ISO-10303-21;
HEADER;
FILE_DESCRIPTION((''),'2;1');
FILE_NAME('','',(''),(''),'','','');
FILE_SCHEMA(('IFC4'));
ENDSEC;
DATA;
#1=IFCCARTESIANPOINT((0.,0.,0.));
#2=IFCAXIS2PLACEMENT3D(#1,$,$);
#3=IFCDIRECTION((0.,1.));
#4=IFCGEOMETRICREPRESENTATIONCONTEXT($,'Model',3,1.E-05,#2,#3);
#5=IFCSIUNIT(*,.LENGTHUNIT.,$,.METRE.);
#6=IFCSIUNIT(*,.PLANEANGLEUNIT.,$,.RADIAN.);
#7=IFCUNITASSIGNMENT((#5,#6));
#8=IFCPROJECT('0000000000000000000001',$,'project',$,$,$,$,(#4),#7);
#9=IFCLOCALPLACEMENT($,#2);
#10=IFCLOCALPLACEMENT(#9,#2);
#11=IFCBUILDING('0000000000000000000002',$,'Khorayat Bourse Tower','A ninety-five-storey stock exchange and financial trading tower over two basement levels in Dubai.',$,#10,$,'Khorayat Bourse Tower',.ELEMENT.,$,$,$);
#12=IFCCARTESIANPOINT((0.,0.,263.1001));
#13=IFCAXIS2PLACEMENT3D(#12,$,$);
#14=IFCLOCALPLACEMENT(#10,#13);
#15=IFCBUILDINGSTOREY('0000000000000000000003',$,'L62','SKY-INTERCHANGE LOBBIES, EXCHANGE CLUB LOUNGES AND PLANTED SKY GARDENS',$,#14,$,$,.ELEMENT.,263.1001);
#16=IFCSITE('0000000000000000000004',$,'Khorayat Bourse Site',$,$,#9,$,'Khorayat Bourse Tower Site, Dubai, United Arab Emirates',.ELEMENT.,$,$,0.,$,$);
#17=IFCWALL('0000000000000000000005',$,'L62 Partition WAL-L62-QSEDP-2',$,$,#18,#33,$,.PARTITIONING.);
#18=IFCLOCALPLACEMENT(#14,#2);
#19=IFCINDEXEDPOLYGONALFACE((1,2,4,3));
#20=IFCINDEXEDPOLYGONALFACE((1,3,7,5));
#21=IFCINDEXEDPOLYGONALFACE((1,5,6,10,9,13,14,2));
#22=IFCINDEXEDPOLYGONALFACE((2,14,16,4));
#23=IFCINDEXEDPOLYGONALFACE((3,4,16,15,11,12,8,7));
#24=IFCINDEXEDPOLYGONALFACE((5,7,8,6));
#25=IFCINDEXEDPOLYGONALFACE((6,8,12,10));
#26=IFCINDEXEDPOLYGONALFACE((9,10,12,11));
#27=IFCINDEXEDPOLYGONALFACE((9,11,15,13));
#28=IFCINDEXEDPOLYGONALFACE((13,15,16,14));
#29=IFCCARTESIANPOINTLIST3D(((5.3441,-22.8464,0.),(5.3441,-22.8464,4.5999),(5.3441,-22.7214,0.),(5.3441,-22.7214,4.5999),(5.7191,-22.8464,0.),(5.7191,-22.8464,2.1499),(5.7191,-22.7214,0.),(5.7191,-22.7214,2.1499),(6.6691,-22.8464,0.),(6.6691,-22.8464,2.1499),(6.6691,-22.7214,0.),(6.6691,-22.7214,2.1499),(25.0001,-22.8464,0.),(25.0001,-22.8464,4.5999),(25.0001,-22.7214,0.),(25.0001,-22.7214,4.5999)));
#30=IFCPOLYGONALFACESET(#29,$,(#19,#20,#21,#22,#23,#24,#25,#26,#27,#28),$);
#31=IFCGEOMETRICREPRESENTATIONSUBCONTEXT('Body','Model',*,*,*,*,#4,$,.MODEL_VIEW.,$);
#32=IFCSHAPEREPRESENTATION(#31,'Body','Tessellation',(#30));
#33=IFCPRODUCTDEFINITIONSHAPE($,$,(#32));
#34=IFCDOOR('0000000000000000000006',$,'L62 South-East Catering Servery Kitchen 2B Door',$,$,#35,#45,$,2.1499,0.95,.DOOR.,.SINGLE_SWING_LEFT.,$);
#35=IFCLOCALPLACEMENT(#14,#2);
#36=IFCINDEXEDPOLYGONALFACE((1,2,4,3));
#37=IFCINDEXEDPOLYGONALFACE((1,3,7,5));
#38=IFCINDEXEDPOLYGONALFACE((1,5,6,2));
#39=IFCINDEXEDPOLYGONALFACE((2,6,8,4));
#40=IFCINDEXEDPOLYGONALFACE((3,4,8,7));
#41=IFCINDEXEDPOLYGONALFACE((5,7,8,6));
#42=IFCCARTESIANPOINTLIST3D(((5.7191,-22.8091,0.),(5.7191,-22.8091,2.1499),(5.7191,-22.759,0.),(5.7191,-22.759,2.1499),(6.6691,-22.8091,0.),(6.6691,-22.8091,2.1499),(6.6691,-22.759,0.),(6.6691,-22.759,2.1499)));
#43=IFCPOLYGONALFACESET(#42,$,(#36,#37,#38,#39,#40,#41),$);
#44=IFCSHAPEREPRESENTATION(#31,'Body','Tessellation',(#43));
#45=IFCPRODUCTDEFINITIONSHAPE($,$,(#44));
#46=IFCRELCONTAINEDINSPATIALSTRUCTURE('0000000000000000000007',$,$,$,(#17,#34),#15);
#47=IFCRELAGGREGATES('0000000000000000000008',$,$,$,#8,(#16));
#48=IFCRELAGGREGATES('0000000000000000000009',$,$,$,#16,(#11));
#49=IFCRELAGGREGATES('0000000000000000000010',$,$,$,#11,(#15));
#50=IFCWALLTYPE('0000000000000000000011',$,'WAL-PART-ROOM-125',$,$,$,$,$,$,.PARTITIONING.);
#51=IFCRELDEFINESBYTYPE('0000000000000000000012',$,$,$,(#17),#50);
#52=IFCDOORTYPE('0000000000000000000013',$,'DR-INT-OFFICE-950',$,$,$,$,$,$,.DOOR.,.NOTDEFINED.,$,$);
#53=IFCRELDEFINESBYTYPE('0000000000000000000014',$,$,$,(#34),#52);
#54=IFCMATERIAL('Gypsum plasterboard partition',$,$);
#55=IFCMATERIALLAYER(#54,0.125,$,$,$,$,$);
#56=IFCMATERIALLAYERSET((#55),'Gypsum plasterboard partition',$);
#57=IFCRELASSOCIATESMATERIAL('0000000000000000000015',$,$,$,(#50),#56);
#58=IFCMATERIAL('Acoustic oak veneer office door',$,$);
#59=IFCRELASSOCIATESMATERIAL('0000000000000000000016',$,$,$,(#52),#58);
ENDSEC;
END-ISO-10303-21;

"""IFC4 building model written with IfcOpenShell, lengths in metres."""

from ifc_helpers import new_model, si_unit, direction, frame, frame_2d, origin, place, context, subcontext, project, spatial, rectangle, extrude, source, transform, mapped, material, layer, layer_set, type_object, element, fill, save


model = new_model("IFC4")

# Units and contexts
model_context = context("Model", 3, precision=1e-05, world=origin(), true_north=direction((0.0, 1.0)))
body_context = subcontext(model_context, "Body", "Model", "MODEL_VIEW")
ifc_project = project(units=[si_unit("LENGTHUNIT", "METRE"), si_unit("PLANEANGLEUNIT", "RADIAN")], contexts=[model_context])

# Site, building, storey
site_placement = place(None, origin())
site = spatial("IfcSite", under=ifc_project, at=site_placement, Name="Khorayat Bourse Site", LongName="Khorayat Bourse Tower Site, Dubai, United Arab Emirates", CompositionType="ELEMENT", RefElevation=0.0)
building_placement = place(site_placement, origin())
building = spatial("IfcBuilding", under=site, at=building_placement, Name="Khorayat Bourse Tower", Description="A ninety-five-storey stock exchange and financial trading tower over two basement levels in Dubai.", LongName="Khorayat Bourse Tower", CompositionType="ELEMENT")
storey_placement = place(building_placement, frame((0.0, 0.0, 263.1001)))
storey = spatial("IfcBuildingStorey", under=building, at=storey_placement, Name="L62", Description="SKY-INTERCHANGE LOBBIES, EXCHANGE CLUB LOUNGES AND PLANTED SKY GARDENS", CompositionType="ELEMENT", Elevation=263.1001)

# Wall, opening, door
ifc_material_1 = material(Name="Gypsum plasterboard partition")
ifc_layer_1 = layer(ifc_material_1, 0.125)
ifc_layer_set_1 = layer_set([ifc_layer_1], Name="Gypsum plasterboard partition")
wall_type_1 = type_object("IfcWallType", Name="WAL-PART-ROOM-125", PredefinedType="PARTITIONING", material=ifc_layer_set_1)
shared_shape_1 = source(origin(), body_context, "Body", "SweptSolid", [
    extrude(rectangle(XDim=19.656, YDim=0.125, at=frame_2d((9.8281, 0.0))), origin(), (0.0, 0.0, 1.0), 4.5999),
])
wall_1_placement = place(storey_placement, frame((5.344, -22.7839, 0.0), z_axis=(0.0, 0.0, 1.0), x_axis=(1.0, 0.0, 0.0)))
wall_1 = element("IfcWall", 1, at=wall_1_placement, inside=storey, type_object=wall_type_1, Name="L62 Partition WAL-L62-QSEDP-2", PredefinedType="PARTITIONING", context=body_context, shape_type="MappedRepresentation", body=[
    mapped(shared_shape_1, transform((0.0, 0.0, 0.0), scale=1.0)),
])
shared_shape_2 = source(origin(), body_context, "Body", "SweptSolid", [
    extrude(rectangle(XDim=0.95, YDim=2.1499, at=frame_2d((0.4751, 1.075))), frame((0.0, 0.0725, 0.0), z_axis=(0.0, -1.0, 0.0), x_axis=(1.0, 0.0, 0.0)), (0.0, 0.0, 1.0), 0.145),
])
opening_1_placement = place(wall_1_placement, frame((0.375, 0.0, 0.0)))
opening_1 = element("IfcOpeningElement", 2, at=opening_1_placement, cuts=wall_1, PredefinedType="OPENING", context=body_context, shape_type="MappedRepresentation", body=[
    mapped(shared_shape_2, transform((0.0, 0.0, 0.0), scale=1.0)),
])
ifc_material_2 = material(Name="Acoustic oak veneer office door")
door_type_1 = type_object("IfcDoorType", Name="DR-INT-OFFICE-950", OperationType="NOTDEFINED", PredefinedType="DOOR", material=ifc_material_2)
shared_shape_3 = source(origin(), body_context, "Body", "SweptSolid", [
    extrude(rectangle(XDim=0.95, YDim=2.1499, at=frame_2d((0.4751, 1.075))), frame((0.0, 0.0249, 0.0), z_axis=(0.0, -1.0, 0.0), x_axis=(1.0, 0.0, 0.0)), (0.0, 0.0, 1.0), 0.05),
])
door_1_placement = place(opening_1_placement, origin())
door_1 = element("IfcDoor", 3, at=door_1_placement, inside=storey, type_object=door_type_1, Name="L62 South-East Catering Servery Kitchen 2B Door", OperationType="SINGLE_SWING_LEFT", OverallHeight=2.1499, OverallWidth=0.95, PredefinedType="DOOR", context=body_context, shape_type="MappedRepresentation", body=[
    mapped(shared_shape_3, transform((0.0, 0.0, 0.0), scale=1.0)),
])
fill(opening_1, door_1)

save(model, "model.ifc")
